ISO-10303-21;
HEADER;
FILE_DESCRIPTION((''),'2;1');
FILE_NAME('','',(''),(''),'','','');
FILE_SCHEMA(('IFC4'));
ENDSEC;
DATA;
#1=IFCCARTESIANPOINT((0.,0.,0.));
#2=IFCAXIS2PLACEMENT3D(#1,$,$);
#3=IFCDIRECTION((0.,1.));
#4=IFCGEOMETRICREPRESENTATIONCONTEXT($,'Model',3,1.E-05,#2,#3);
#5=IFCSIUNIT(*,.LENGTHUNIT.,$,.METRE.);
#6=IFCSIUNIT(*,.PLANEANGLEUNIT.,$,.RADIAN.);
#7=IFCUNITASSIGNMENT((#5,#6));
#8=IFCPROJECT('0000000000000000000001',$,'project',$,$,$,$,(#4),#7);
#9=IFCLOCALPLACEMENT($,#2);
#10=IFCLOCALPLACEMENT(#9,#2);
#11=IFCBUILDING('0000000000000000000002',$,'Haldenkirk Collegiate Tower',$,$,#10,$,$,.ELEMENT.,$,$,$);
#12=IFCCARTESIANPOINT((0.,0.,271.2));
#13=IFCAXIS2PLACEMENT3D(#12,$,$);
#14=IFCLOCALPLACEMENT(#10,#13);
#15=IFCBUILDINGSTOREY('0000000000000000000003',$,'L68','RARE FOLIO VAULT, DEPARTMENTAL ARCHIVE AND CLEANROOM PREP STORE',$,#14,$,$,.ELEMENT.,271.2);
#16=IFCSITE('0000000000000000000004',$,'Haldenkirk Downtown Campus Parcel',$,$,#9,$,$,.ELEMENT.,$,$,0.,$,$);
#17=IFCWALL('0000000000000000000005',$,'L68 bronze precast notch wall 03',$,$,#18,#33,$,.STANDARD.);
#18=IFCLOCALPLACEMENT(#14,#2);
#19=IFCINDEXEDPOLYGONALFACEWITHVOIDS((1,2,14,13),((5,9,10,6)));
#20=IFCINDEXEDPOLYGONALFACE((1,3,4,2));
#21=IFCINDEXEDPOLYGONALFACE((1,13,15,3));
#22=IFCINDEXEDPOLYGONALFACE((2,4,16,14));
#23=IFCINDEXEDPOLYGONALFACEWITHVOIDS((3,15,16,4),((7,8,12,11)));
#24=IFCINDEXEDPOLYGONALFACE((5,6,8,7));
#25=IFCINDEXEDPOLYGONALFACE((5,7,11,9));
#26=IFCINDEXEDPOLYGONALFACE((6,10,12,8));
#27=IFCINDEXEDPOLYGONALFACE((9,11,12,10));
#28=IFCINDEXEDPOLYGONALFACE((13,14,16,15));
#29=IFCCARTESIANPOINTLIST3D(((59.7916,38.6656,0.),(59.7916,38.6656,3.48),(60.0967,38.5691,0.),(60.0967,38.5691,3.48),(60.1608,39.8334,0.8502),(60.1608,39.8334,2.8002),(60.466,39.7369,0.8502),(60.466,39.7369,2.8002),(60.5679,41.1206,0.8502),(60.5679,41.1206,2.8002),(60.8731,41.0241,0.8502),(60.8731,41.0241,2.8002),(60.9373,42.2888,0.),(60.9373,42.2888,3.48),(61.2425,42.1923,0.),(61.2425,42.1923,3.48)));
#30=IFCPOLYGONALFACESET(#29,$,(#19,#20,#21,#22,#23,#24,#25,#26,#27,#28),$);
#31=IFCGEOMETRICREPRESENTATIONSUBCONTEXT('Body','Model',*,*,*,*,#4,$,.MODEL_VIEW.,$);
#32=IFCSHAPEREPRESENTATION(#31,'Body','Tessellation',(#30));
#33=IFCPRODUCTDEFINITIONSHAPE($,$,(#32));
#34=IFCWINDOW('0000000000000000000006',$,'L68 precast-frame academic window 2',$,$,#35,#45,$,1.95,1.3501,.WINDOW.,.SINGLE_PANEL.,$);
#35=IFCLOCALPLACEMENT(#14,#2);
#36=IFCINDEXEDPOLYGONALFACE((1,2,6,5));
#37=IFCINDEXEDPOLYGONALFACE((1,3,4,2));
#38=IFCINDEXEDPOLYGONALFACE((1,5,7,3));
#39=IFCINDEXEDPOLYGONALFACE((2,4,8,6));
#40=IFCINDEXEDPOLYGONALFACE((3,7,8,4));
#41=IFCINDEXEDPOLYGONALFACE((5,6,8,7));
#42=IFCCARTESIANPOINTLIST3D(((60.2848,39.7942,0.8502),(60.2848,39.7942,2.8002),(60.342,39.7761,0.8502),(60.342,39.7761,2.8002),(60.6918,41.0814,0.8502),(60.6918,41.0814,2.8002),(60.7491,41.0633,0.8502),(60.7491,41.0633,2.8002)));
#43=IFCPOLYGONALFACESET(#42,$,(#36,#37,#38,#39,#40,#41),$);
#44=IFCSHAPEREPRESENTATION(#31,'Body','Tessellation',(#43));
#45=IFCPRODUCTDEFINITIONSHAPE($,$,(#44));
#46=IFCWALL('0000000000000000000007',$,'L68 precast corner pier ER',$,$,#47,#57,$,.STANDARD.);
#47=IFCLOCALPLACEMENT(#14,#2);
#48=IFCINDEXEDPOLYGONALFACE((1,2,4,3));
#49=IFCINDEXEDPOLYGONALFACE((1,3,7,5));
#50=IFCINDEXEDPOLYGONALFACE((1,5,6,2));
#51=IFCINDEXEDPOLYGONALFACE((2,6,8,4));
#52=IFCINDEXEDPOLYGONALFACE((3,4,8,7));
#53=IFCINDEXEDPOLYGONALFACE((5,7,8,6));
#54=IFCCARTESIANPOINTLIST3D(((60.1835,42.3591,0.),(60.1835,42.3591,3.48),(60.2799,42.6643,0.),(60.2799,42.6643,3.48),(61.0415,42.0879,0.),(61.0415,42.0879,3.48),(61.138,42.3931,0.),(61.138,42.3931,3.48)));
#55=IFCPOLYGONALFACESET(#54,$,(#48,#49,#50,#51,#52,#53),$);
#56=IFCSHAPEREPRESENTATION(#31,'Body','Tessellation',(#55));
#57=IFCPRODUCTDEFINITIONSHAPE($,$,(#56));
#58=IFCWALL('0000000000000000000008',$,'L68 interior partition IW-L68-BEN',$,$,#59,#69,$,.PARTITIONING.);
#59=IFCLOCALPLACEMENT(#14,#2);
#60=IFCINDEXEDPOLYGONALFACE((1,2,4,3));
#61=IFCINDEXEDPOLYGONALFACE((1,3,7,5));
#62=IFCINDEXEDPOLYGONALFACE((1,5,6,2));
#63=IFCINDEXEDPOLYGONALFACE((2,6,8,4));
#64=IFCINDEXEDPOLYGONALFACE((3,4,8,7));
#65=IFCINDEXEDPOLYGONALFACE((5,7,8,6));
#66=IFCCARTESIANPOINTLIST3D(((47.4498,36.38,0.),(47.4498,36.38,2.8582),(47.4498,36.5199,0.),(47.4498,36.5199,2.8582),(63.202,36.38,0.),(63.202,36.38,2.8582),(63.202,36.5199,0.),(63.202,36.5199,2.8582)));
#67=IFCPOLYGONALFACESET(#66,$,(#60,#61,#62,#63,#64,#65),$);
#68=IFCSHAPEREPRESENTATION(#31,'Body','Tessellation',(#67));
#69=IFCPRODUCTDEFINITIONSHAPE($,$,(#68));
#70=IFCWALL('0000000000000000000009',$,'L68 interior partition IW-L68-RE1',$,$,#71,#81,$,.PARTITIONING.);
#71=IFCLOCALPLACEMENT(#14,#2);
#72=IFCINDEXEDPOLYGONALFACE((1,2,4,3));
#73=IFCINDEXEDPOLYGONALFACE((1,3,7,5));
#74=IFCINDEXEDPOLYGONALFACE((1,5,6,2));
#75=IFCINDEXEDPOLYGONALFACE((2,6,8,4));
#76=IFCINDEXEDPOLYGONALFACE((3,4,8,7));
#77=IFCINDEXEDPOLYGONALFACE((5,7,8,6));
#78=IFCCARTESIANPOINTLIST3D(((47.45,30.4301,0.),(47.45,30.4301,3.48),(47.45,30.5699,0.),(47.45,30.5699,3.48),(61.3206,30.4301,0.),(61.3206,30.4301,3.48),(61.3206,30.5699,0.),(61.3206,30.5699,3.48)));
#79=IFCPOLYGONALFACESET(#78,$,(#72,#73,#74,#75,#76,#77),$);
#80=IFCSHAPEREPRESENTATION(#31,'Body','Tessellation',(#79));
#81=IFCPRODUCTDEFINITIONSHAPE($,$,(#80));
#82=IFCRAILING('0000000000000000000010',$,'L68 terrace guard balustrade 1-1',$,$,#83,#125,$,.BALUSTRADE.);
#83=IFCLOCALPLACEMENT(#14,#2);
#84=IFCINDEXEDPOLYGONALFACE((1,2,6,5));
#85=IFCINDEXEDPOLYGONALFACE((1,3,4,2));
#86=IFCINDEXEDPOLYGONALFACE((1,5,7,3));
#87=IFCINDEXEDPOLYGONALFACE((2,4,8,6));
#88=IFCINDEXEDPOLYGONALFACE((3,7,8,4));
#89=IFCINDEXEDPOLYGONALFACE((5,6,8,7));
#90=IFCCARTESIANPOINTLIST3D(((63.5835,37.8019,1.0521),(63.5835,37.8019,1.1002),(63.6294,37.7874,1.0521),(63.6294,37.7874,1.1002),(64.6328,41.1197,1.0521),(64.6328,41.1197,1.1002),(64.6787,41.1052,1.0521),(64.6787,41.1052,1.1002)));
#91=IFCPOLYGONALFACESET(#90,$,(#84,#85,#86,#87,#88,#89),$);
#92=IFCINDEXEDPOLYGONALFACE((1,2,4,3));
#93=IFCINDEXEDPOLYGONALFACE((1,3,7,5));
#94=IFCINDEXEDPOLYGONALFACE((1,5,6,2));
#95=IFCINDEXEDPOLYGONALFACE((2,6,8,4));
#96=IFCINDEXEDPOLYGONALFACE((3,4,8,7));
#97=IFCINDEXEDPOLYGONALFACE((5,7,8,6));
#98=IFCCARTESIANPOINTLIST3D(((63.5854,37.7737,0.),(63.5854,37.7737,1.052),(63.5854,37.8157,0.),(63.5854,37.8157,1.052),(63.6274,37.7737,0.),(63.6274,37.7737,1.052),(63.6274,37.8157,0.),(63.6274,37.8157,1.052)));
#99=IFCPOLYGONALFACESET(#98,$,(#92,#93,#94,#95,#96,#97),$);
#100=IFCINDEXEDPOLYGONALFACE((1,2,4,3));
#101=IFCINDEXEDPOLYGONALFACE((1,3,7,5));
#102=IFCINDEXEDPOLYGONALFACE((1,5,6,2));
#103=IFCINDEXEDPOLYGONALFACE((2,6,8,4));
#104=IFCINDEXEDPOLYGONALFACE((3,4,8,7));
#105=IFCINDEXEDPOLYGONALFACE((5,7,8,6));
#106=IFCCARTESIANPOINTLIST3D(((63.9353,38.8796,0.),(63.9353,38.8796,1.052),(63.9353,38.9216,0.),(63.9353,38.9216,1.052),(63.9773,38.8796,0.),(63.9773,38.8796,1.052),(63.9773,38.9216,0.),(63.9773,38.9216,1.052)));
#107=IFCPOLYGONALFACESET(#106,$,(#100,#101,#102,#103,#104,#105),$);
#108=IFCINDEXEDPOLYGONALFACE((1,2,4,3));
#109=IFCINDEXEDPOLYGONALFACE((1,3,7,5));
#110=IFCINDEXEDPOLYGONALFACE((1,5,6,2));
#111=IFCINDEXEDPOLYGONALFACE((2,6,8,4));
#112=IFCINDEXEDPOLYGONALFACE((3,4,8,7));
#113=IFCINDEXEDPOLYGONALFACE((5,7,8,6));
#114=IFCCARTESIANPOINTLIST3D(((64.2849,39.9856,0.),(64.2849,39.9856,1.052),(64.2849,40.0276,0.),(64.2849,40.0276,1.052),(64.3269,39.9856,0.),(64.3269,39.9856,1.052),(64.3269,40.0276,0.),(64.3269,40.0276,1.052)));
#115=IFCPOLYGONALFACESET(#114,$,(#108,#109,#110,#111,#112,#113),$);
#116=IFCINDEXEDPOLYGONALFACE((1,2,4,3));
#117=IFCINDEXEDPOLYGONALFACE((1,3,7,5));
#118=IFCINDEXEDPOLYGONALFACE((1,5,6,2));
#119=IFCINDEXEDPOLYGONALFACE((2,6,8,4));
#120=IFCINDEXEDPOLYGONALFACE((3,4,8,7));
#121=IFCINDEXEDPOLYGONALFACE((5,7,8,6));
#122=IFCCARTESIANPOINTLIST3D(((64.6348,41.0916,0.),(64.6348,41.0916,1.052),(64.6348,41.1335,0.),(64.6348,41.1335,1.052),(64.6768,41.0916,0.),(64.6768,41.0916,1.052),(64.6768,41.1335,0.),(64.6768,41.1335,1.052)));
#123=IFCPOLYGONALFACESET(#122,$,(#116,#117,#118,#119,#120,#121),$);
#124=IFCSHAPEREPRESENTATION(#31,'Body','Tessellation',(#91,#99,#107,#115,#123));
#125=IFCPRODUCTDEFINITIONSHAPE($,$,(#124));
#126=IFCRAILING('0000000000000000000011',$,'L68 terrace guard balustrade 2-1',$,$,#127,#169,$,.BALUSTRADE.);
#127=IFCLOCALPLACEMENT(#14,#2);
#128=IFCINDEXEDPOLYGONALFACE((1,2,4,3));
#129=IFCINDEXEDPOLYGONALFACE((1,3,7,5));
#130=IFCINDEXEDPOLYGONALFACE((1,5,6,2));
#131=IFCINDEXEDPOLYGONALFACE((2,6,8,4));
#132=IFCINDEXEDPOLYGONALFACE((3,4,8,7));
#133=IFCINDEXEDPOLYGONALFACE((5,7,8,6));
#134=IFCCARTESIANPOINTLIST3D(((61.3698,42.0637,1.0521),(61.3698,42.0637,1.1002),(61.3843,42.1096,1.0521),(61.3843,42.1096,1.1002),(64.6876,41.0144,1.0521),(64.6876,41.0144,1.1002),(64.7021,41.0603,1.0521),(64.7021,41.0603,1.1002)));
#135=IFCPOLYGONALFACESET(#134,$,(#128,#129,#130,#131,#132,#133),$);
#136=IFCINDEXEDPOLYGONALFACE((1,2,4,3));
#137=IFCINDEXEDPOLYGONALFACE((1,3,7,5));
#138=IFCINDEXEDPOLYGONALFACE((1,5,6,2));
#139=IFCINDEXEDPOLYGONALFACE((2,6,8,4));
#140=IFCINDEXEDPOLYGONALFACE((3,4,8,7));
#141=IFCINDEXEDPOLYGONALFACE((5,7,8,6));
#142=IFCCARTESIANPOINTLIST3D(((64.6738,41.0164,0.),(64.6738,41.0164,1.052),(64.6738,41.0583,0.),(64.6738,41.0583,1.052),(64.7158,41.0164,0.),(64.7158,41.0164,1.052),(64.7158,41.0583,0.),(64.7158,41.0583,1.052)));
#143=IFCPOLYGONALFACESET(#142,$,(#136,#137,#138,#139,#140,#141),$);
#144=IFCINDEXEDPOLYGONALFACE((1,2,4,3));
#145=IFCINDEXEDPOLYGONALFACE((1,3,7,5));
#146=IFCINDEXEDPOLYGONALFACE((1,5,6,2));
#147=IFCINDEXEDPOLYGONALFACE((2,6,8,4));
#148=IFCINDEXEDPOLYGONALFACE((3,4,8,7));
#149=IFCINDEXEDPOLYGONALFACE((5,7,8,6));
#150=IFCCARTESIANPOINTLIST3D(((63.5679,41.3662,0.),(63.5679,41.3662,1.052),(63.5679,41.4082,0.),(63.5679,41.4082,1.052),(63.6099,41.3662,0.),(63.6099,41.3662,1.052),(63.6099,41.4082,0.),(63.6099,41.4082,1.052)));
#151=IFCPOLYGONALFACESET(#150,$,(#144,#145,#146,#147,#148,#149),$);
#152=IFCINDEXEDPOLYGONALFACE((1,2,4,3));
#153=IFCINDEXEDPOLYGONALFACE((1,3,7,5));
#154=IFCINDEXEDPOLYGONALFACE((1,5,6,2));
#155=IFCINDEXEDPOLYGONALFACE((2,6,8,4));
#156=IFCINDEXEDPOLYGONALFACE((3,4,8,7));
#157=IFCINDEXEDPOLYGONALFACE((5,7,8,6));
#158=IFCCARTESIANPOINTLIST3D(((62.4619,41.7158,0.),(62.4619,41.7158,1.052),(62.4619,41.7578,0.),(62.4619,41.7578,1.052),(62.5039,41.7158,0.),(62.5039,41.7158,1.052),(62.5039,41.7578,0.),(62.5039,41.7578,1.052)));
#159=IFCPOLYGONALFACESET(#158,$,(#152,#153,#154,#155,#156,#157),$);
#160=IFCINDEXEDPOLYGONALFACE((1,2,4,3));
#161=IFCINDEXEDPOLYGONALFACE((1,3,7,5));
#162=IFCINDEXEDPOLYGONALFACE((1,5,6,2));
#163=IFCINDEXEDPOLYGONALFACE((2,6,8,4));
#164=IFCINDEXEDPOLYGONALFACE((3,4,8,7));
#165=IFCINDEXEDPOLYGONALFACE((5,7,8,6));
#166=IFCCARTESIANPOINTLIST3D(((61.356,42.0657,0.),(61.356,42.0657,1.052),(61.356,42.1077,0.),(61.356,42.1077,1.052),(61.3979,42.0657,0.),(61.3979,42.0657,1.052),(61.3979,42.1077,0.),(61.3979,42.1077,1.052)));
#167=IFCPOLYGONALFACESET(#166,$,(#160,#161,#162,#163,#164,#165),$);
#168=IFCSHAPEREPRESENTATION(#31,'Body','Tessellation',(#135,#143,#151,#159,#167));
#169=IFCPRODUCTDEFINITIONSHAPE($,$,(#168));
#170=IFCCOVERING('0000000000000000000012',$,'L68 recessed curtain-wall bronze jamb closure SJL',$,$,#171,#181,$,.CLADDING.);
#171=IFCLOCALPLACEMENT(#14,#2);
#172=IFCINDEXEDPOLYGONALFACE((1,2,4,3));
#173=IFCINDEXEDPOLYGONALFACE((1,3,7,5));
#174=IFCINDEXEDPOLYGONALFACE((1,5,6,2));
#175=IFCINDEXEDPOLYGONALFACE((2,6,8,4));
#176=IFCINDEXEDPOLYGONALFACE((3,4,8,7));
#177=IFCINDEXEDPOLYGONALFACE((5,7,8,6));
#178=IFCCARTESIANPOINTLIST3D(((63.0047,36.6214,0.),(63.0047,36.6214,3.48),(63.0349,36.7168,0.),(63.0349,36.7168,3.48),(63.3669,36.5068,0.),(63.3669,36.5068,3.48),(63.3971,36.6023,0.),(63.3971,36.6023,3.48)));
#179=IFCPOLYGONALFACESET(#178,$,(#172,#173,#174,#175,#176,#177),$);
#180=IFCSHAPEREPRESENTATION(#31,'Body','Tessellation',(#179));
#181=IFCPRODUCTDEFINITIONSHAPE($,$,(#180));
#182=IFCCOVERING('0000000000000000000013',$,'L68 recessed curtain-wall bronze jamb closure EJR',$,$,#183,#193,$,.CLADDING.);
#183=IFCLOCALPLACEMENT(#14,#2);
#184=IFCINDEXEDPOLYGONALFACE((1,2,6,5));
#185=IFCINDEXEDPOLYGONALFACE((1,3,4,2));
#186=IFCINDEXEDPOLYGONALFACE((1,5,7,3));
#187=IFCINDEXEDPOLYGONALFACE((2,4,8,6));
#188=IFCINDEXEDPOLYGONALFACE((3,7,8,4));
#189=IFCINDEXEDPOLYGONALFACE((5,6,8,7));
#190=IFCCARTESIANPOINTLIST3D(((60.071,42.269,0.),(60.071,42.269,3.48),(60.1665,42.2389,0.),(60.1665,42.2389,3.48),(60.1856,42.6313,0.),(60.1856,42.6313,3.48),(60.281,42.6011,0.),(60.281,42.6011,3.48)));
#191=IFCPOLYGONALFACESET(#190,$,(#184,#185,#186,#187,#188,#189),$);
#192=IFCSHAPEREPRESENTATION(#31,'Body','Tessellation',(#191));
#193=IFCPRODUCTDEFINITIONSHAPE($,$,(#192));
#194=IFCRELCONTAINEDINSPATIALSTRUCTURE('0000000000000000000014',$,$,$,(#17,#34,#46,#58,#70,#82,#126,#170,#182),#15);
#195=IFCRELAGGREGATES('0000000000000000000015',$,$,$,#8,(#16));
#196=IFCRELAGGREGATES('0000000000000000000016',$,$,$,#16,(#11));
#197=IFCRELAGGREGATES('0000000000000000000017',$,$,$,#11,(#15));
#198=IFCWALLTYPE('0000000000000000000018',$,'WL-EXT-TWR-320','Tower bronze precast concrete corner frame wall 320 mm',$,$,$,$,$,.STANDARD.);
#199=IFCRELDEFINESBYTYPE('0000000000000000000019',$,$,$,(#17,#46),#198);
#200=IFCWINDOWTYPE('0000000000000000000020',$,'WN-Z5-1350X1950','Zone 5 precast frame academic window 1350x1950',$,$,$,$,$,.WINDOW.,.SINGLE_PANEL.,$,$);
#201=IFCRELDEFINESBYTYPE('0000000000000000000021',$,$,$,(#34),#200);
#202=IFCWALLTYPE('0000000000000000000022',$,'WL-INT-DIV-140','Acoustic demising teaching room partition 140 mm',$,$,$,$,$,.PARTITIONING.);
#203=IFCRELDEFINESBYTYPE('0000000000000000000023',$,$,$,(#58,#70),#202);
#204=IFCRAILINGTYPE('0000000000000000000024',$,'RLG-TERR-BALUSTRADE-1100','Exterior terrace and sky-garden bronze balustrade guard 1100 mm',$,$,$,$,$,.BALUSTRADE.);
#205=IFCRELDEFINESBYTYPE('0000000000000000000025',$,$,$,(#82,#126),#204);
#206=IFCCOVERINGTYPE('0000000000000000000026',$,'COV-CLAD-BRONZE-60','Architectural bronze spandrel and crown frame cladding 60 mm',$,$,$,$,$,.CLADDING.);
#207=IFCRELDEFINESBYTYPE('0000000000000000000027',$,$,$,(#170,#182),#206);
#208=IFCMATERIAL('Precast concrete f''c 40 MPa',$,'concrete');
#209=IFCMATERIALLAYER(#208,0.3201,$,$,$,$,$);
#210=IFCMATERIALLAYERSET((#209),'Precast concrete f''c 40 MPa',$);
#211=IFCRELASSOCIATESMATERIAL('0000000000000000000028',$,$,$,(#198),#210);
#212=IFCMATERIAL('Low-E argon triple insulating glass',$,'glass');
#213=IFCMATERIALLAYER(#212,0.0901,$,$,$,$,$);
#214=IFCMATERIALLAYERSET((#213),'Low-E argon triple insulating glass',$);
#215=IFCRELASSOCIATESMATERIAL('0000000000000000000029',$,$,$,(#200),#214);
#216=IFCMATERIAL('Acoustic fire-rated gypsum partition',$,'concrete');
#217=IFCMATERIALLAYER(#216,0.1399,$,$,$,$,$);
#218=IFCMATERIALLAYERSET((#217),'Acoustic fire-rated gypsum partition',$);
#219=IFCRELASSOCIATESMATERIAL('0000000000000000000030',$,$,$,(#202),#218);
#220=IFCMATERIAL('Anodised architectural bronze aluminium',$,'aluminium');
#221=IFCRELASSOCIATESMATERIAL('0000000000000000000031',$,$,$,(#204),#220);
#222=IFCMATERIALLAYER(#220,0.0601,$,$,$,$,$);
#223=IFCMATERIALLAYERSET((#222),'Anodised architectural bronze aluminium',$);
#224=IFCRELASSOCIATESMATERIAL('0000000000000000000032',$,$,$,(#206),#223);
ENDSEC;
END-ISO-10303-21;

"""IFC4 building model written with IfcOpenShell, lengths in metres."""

from ifc_helpers import new_model, si_unit, direction, frame, frame_2d, origin, origin_2d, place, context, subcontext, project, spatial, rectangle, extrude, source, transform, mapped, material, layer, layer_set, type_object, element, fill, save


model = new_model("IFC4")

# Units and contexts
model_context = context("Model", 3, precision=1e-05, world=origin(), true_north=direction((0.0, 1.0)))
body_context = subcontext(model_context, "Body", "Model", "MODEL_VIEW")
ifc_project = project(units=[si_unit("LENGTHUNIT", "METRE"), si_unit("PLANEANGLEUNIT", "RADIAN")], contexts=[model_context])

# Site, building, storey
site_placement = place(None, origin())
site = spatial("IfcSite", under=ifc_project, at=site_placement, Name="Haldenkirk Downtown Campus Parcel", CompositionType="ELEMENT", RefElevation=0.0)
building_placement = place(site_placement, origin())
building = spatial("IfcBuilding", under=site, at=building_placement, Name="Haldenkirk Collegiate Tower", CompositionType="ELEMENT")
storey_placement = place(building_placement, frame((0.0, 0.0, 271.2)))
storey = spatial("IfcBuildingStorey", under=building, at=storey_placement, Name="L68", Description="RARE FOLIO VAULT, DEPARTMENTAL ARCHIVE AND CLEANROOM PREP STORE", CompositionType="ELEMENT", Elevation=271.2)

# Shared definitions
ifc_material_1 = material(Name="Anodised architectural bronze aluminium", Category="aluminium")

# Shared definitions
ifc_material_2 = material(Name="Low-E argon triple insulating glass", Category="glass")

# Shared definitions
ifc_material_3 = material(Name="Precast concrete f'c 40 MPa", Category="concrete")
ifc_layer_1 = layer(ifc_material_3, 0.3201)
ifc_layer_set_1 = layer_set([ifc_layer_1], Name="Precast concrete f'c 40 MPa")
wall_type_1 = type_object("IfcWallType", Name="WL-EXT-TWR-320", Description="Tower bronze precast concrete corner frame wall 320 mm", PredefinedType="STANDARD", material=ifc_layer_set_1)

# Wall, opening, window
wall_1_placement = place(storey_placement, frame((61.0898, 42.2405, 0.0), z_axis=(0.0, 0.0, 1.0), x_axis=(-0.301503, -0.953465, 0.0)))
wall_1 = element("IfcWall", 1, at=wall_1_placement, inside=storey, type_object=wall_type_1, Name="L68 bronze precast notch wall 03", PredefinedType="STANDARD", context=body_context, shape_type="SweptSolid", body=[
    extrude(rectangle(XDim=3.8, YDim=0.3201, at=frame_2d((1.8999, 0.0))), origin(), (0.0, 0.0, 1.0), 3.48),
])
opening_1_placement = place(wall_1_placement, frame((1.2251, 0.0, 0.8501)))
opening_1 = element("IfcOpeningElement", 2, at=opening_1_placement, cuts=wall_1, PredefinedType="OPENING", context=body_context, shape_type="SweptSolid", body=[
    extrude(rectangle(XDim=1.3501, YDim=1.95, at=frame_2d((0.675, 0.9751))), frame((0.0, 0.1699, 0.0), z_axis=(0.0, -1.0, 0.0), x_axis=(1.0, 0.0, 0.0)), (0.0, 0.0, 1.0), 0.3401),
])
ifc_layer_2 = layer(ifc_material_2, 0.0901)
ifc_layer_set_2 = layer_set([ifc_layer_2], Name="Low-E argon triple insulating glass")
window_type = type_object("IfcWindowType", Name="WN-Z5-1350X1950", Description="Zone 5 precast frame academic window 1350x1950", PartitioningType="SINGLE_PANEL", PredefinedType="WINDOW", material=ifc_layer_set_2)
window_placement = place(opening_1_placement, origin())
window = element("IfcWindow", 3, at=window_placement, inside=storey, type_object=window_type, Name="L68 precast-frame academic window 2", OverallHeight=1.95, OverallWidth=1.3501, PartitioningType="SINGLE_PANEL", PredefinedType="WINDOW", context=body_context, shape_type="SweptSolid", body=[
    extrude(rectangle(XDim=1.3501, YDim=1.95, at=frame_2d((0.675, 0.9751))), frame((0.0, 0.03, 0.0), z_axis=(0.0, -1.0, 0.0), x_axis=(1.0, 0.0, 0.0)), (0.0, 0.0, 1.0), 0.0601),
])
fill(opening_1, window)

# Walls
wall_2_placement = place(storey_placement, frame((60.2317, 42.5117, 0.0), z_axis=(0.0, 0.0, 1.0), x_axis=(0.953505, -0.301378, 0.0)))
element("IfcWall", 4, at=wall_2_placement, inside=storey, type_object=wall_type_1, Name="L68 precast corner pier ER", PredefinedType="STANDARD", context=body_context, shape_type="SweptSolid", body=[
    extrude(rectangle(XDim=0.8999, YDim=0.3201, at=frame_2d((0.45, 0.0))), origin(), (0.0, 0.0, 1.0), 3.48),
])
ifc_material_4 = material(Name="Acoustic fire-rated gypsum partition", Category="concrete")
ifc_layer_3 = layer(ifc_material_4, 0.1399)
ifc_layer_set_3 = layer_set([ifc_layer_3], Name="Acoustic fire-rated gypsum partition")
wall_type_2 = type_object("IfcWallType", Name="WL-INT-DIV-140", Description="Acoustic demising teaching room partition 140 mm", PredefinedType="PARTITIONING", material=ifc_layer_set_3)
wall_3_placement = place(storey_placement, frame((47.45, 36.45, 0.0), z_axis=(0.0, 0.0, 1.0), x_axis=(1.0, 0.0, 0.0)))
element("IfcWall", 5, at=wall_3_placement, inside=storey, type_object=wall_type_2, Name="L68 interior partition IW-L68-BEN", PredefinedType="PARTITIONING", context=body_context, shape_type="SweptSolid", body=[
    extrude(rectangle(XDim=15.7522, YDim=0.1399, at=frame_2d((7.876, 0.0))), origin(), (0.0, 0.0, 1.0), 2.8582),
])
wall_4_placement = place(storey_placement, frame((47.45, 30.5, 0.0), z_axis=(0.0, 0.0, 1.0), x_axis=(1.0, 0.0, 0.0)))
element("IfcWall", 6, at=wall_4_placement, inside=storey, type_object=wall_type_2, Name="L68 interior partition IW-L68-RE1", PredefinedType="PARTITIONING", context=body_context, shape_type="SweptSolid", body=[
    extrude(rectangle(XDim=13.8706, YDim=0.1399, at=frame_2d((6.9353, 0.0))), origin(), (0.0, 0.0, 1.0), 3.48),
])

# Railings
railing_type = type_object("IfcRailingType", Name="RLG-TERR-BALUSTRADE-1100", Description="Exterior terrace and sky-garden bronze balustrade guard 1100 mm", PredefinedType="BALUSTRADE", material=ifc_material_1)
railing_1_placement = place(storey_placement, frame((63.6064, 37.7947, 0.0)))
element("IfcRailing", 7, at=railing_1_placement, inside=storey, type_object=railing_type, Name="L68 terrace guard balustrade 1-1", PredefinedType="BALUSTRADE", context=body_context, shape_type="SweptSolid", body=[
    extrude(rectangle(XDim=0.0481, YDim=0.0481, at=origin_2d()), frame((0.0, 0.0, 1.0762), z_axis=(0.301541, 0.953453, 0.0), x_axis=(-0.953453, 0.301541, 0.0)), (0.0, 0.0, 1.0), 3.4797),
    extrude(rectangle(XDim=0.042, YDim=0.042, at=origin_2d()), origin(), (0.0, 0.0, 1.0), 1.052),
    extrude(rectangle(XDim=0.042, YDim=0.042, at=origin_2d()), frame((0.3499, 1.106, 0.0)), (0.0, 0.0, 1.0), 1.052),
    extrude(rectangle(XDim=0.042, YDim=0.042, at=origin_2d()), frame((0.6995, 2.2119, 0.0)), (0.0, 0.0, 1.0), 1.052),
    extrude(rectangle(XDim=0.042, YDim=0.042, at=origin_2d()), frame((1.0493, 3.3179, 0.0)), (0.0, 0.0, 1.0), 1.052),
])
railing_2_placement = place(storey_placement, frame((64.6948, 41.0374, 0.0)))
element("IfcRailing", 8, at=railing_2_placement, inside=storey, type_object=railing_type, Name="L68 terrace guard balustrade 2-1", PredefinedType="BALUSTRADE", context=body_context, shape_type="SweptSolid", body=[
    extrude(rectangle(XDim=0.0481, YDim=0.0481, at=origin_2d()), frame((0.0, 0.0, 1.0762), z_axis=(-0.953453, 0.301541, 0.0), x_axis=(-0.301541, -0.953453, 0.0)), (0.0, 0.0, 1.0), 3.4797),
    extrude(rectangle(XDim=0.042, YDim=0.042, at=origin_2d()), origin(), (0.0, 0.0, 1.0), 1.052),
    extrude(rectangle(XDim=0.042, YDim=0.042, at=origin_2d()), frame((-1.106, 0.3499, 0.0)), (0.0, 0.0, 1.0), 1.052),
    extrude(rectangle(XDim=0.042, YDim=0.042, at=origin_2d()), frame((-2.2119, 0.6995, 0.0)), (0.0, 0.0, 1.0), 1.052),
    extrude(rectangle(XDim=0.042, YDim=0.042, at=origin_2d()), frame((-3.3179, 1.0493, 0.0)), (0.0, 0.0, 1.0), 1.052),
])

# Coverings
ifc_layer_4 = layer(ifc_material_1, 0.0601)
ifc_layer_set_4 = layer_set([ifc_layer_4], Name="Anodised architectural bronze aluminium")
covering_type = type_object("IfcCoveringType", Name="COV-CLAD-BRONZE-60", Description="Architectural bronze spandrel and crown frame cladding 60 mm", PredefinedType="CLADDING", material=ifc_layer_set_4)
shared_shape_1 = source(origin(), body_context, "Body", "SweptSolid", [
    extrude(rectangle(XDim=0.1001, YDim=0.3799, at=origin_2d()), origin(), (0.0, 0.0, 1.0), 3.48),
])
for number, where, z_axis, x_axis, name in (
    (9, (63.2009, 36.6118, 0.0), (0.0, 0.0, 1.0), (-0.301538, -0.953454, 0.0), "L68 recessed curtain-wall bronze jamb closure SJL"),
    (10, (60.176, 42.4351, 0.0), (0.0, 0.0, 1.0), (0.953454, -0.301538, 0.0), "L68 recessed curtain-wall bronze jamb closure EJR"),
):
    element("IfcCovering", number, at=place(storey_placement, frame(where, z_axis=z_axis, x_axis=x_axis)), inside=storey, type_object=covering_type, Name=name, PredefinedType="CLADDING", context=body_context, shape_type="MappedRepresentation", body=[
        mapped(shared_shape_1, transform((0.0, 0.0, 0.0), x_axis=(1.0, 0.0, 0.0), y_axis=(0.0, 1.0, 0.0), z_axis=(0.0, 0.0, 1.0), scale=1.0)),
    ])

save(model, "model.ifc")
